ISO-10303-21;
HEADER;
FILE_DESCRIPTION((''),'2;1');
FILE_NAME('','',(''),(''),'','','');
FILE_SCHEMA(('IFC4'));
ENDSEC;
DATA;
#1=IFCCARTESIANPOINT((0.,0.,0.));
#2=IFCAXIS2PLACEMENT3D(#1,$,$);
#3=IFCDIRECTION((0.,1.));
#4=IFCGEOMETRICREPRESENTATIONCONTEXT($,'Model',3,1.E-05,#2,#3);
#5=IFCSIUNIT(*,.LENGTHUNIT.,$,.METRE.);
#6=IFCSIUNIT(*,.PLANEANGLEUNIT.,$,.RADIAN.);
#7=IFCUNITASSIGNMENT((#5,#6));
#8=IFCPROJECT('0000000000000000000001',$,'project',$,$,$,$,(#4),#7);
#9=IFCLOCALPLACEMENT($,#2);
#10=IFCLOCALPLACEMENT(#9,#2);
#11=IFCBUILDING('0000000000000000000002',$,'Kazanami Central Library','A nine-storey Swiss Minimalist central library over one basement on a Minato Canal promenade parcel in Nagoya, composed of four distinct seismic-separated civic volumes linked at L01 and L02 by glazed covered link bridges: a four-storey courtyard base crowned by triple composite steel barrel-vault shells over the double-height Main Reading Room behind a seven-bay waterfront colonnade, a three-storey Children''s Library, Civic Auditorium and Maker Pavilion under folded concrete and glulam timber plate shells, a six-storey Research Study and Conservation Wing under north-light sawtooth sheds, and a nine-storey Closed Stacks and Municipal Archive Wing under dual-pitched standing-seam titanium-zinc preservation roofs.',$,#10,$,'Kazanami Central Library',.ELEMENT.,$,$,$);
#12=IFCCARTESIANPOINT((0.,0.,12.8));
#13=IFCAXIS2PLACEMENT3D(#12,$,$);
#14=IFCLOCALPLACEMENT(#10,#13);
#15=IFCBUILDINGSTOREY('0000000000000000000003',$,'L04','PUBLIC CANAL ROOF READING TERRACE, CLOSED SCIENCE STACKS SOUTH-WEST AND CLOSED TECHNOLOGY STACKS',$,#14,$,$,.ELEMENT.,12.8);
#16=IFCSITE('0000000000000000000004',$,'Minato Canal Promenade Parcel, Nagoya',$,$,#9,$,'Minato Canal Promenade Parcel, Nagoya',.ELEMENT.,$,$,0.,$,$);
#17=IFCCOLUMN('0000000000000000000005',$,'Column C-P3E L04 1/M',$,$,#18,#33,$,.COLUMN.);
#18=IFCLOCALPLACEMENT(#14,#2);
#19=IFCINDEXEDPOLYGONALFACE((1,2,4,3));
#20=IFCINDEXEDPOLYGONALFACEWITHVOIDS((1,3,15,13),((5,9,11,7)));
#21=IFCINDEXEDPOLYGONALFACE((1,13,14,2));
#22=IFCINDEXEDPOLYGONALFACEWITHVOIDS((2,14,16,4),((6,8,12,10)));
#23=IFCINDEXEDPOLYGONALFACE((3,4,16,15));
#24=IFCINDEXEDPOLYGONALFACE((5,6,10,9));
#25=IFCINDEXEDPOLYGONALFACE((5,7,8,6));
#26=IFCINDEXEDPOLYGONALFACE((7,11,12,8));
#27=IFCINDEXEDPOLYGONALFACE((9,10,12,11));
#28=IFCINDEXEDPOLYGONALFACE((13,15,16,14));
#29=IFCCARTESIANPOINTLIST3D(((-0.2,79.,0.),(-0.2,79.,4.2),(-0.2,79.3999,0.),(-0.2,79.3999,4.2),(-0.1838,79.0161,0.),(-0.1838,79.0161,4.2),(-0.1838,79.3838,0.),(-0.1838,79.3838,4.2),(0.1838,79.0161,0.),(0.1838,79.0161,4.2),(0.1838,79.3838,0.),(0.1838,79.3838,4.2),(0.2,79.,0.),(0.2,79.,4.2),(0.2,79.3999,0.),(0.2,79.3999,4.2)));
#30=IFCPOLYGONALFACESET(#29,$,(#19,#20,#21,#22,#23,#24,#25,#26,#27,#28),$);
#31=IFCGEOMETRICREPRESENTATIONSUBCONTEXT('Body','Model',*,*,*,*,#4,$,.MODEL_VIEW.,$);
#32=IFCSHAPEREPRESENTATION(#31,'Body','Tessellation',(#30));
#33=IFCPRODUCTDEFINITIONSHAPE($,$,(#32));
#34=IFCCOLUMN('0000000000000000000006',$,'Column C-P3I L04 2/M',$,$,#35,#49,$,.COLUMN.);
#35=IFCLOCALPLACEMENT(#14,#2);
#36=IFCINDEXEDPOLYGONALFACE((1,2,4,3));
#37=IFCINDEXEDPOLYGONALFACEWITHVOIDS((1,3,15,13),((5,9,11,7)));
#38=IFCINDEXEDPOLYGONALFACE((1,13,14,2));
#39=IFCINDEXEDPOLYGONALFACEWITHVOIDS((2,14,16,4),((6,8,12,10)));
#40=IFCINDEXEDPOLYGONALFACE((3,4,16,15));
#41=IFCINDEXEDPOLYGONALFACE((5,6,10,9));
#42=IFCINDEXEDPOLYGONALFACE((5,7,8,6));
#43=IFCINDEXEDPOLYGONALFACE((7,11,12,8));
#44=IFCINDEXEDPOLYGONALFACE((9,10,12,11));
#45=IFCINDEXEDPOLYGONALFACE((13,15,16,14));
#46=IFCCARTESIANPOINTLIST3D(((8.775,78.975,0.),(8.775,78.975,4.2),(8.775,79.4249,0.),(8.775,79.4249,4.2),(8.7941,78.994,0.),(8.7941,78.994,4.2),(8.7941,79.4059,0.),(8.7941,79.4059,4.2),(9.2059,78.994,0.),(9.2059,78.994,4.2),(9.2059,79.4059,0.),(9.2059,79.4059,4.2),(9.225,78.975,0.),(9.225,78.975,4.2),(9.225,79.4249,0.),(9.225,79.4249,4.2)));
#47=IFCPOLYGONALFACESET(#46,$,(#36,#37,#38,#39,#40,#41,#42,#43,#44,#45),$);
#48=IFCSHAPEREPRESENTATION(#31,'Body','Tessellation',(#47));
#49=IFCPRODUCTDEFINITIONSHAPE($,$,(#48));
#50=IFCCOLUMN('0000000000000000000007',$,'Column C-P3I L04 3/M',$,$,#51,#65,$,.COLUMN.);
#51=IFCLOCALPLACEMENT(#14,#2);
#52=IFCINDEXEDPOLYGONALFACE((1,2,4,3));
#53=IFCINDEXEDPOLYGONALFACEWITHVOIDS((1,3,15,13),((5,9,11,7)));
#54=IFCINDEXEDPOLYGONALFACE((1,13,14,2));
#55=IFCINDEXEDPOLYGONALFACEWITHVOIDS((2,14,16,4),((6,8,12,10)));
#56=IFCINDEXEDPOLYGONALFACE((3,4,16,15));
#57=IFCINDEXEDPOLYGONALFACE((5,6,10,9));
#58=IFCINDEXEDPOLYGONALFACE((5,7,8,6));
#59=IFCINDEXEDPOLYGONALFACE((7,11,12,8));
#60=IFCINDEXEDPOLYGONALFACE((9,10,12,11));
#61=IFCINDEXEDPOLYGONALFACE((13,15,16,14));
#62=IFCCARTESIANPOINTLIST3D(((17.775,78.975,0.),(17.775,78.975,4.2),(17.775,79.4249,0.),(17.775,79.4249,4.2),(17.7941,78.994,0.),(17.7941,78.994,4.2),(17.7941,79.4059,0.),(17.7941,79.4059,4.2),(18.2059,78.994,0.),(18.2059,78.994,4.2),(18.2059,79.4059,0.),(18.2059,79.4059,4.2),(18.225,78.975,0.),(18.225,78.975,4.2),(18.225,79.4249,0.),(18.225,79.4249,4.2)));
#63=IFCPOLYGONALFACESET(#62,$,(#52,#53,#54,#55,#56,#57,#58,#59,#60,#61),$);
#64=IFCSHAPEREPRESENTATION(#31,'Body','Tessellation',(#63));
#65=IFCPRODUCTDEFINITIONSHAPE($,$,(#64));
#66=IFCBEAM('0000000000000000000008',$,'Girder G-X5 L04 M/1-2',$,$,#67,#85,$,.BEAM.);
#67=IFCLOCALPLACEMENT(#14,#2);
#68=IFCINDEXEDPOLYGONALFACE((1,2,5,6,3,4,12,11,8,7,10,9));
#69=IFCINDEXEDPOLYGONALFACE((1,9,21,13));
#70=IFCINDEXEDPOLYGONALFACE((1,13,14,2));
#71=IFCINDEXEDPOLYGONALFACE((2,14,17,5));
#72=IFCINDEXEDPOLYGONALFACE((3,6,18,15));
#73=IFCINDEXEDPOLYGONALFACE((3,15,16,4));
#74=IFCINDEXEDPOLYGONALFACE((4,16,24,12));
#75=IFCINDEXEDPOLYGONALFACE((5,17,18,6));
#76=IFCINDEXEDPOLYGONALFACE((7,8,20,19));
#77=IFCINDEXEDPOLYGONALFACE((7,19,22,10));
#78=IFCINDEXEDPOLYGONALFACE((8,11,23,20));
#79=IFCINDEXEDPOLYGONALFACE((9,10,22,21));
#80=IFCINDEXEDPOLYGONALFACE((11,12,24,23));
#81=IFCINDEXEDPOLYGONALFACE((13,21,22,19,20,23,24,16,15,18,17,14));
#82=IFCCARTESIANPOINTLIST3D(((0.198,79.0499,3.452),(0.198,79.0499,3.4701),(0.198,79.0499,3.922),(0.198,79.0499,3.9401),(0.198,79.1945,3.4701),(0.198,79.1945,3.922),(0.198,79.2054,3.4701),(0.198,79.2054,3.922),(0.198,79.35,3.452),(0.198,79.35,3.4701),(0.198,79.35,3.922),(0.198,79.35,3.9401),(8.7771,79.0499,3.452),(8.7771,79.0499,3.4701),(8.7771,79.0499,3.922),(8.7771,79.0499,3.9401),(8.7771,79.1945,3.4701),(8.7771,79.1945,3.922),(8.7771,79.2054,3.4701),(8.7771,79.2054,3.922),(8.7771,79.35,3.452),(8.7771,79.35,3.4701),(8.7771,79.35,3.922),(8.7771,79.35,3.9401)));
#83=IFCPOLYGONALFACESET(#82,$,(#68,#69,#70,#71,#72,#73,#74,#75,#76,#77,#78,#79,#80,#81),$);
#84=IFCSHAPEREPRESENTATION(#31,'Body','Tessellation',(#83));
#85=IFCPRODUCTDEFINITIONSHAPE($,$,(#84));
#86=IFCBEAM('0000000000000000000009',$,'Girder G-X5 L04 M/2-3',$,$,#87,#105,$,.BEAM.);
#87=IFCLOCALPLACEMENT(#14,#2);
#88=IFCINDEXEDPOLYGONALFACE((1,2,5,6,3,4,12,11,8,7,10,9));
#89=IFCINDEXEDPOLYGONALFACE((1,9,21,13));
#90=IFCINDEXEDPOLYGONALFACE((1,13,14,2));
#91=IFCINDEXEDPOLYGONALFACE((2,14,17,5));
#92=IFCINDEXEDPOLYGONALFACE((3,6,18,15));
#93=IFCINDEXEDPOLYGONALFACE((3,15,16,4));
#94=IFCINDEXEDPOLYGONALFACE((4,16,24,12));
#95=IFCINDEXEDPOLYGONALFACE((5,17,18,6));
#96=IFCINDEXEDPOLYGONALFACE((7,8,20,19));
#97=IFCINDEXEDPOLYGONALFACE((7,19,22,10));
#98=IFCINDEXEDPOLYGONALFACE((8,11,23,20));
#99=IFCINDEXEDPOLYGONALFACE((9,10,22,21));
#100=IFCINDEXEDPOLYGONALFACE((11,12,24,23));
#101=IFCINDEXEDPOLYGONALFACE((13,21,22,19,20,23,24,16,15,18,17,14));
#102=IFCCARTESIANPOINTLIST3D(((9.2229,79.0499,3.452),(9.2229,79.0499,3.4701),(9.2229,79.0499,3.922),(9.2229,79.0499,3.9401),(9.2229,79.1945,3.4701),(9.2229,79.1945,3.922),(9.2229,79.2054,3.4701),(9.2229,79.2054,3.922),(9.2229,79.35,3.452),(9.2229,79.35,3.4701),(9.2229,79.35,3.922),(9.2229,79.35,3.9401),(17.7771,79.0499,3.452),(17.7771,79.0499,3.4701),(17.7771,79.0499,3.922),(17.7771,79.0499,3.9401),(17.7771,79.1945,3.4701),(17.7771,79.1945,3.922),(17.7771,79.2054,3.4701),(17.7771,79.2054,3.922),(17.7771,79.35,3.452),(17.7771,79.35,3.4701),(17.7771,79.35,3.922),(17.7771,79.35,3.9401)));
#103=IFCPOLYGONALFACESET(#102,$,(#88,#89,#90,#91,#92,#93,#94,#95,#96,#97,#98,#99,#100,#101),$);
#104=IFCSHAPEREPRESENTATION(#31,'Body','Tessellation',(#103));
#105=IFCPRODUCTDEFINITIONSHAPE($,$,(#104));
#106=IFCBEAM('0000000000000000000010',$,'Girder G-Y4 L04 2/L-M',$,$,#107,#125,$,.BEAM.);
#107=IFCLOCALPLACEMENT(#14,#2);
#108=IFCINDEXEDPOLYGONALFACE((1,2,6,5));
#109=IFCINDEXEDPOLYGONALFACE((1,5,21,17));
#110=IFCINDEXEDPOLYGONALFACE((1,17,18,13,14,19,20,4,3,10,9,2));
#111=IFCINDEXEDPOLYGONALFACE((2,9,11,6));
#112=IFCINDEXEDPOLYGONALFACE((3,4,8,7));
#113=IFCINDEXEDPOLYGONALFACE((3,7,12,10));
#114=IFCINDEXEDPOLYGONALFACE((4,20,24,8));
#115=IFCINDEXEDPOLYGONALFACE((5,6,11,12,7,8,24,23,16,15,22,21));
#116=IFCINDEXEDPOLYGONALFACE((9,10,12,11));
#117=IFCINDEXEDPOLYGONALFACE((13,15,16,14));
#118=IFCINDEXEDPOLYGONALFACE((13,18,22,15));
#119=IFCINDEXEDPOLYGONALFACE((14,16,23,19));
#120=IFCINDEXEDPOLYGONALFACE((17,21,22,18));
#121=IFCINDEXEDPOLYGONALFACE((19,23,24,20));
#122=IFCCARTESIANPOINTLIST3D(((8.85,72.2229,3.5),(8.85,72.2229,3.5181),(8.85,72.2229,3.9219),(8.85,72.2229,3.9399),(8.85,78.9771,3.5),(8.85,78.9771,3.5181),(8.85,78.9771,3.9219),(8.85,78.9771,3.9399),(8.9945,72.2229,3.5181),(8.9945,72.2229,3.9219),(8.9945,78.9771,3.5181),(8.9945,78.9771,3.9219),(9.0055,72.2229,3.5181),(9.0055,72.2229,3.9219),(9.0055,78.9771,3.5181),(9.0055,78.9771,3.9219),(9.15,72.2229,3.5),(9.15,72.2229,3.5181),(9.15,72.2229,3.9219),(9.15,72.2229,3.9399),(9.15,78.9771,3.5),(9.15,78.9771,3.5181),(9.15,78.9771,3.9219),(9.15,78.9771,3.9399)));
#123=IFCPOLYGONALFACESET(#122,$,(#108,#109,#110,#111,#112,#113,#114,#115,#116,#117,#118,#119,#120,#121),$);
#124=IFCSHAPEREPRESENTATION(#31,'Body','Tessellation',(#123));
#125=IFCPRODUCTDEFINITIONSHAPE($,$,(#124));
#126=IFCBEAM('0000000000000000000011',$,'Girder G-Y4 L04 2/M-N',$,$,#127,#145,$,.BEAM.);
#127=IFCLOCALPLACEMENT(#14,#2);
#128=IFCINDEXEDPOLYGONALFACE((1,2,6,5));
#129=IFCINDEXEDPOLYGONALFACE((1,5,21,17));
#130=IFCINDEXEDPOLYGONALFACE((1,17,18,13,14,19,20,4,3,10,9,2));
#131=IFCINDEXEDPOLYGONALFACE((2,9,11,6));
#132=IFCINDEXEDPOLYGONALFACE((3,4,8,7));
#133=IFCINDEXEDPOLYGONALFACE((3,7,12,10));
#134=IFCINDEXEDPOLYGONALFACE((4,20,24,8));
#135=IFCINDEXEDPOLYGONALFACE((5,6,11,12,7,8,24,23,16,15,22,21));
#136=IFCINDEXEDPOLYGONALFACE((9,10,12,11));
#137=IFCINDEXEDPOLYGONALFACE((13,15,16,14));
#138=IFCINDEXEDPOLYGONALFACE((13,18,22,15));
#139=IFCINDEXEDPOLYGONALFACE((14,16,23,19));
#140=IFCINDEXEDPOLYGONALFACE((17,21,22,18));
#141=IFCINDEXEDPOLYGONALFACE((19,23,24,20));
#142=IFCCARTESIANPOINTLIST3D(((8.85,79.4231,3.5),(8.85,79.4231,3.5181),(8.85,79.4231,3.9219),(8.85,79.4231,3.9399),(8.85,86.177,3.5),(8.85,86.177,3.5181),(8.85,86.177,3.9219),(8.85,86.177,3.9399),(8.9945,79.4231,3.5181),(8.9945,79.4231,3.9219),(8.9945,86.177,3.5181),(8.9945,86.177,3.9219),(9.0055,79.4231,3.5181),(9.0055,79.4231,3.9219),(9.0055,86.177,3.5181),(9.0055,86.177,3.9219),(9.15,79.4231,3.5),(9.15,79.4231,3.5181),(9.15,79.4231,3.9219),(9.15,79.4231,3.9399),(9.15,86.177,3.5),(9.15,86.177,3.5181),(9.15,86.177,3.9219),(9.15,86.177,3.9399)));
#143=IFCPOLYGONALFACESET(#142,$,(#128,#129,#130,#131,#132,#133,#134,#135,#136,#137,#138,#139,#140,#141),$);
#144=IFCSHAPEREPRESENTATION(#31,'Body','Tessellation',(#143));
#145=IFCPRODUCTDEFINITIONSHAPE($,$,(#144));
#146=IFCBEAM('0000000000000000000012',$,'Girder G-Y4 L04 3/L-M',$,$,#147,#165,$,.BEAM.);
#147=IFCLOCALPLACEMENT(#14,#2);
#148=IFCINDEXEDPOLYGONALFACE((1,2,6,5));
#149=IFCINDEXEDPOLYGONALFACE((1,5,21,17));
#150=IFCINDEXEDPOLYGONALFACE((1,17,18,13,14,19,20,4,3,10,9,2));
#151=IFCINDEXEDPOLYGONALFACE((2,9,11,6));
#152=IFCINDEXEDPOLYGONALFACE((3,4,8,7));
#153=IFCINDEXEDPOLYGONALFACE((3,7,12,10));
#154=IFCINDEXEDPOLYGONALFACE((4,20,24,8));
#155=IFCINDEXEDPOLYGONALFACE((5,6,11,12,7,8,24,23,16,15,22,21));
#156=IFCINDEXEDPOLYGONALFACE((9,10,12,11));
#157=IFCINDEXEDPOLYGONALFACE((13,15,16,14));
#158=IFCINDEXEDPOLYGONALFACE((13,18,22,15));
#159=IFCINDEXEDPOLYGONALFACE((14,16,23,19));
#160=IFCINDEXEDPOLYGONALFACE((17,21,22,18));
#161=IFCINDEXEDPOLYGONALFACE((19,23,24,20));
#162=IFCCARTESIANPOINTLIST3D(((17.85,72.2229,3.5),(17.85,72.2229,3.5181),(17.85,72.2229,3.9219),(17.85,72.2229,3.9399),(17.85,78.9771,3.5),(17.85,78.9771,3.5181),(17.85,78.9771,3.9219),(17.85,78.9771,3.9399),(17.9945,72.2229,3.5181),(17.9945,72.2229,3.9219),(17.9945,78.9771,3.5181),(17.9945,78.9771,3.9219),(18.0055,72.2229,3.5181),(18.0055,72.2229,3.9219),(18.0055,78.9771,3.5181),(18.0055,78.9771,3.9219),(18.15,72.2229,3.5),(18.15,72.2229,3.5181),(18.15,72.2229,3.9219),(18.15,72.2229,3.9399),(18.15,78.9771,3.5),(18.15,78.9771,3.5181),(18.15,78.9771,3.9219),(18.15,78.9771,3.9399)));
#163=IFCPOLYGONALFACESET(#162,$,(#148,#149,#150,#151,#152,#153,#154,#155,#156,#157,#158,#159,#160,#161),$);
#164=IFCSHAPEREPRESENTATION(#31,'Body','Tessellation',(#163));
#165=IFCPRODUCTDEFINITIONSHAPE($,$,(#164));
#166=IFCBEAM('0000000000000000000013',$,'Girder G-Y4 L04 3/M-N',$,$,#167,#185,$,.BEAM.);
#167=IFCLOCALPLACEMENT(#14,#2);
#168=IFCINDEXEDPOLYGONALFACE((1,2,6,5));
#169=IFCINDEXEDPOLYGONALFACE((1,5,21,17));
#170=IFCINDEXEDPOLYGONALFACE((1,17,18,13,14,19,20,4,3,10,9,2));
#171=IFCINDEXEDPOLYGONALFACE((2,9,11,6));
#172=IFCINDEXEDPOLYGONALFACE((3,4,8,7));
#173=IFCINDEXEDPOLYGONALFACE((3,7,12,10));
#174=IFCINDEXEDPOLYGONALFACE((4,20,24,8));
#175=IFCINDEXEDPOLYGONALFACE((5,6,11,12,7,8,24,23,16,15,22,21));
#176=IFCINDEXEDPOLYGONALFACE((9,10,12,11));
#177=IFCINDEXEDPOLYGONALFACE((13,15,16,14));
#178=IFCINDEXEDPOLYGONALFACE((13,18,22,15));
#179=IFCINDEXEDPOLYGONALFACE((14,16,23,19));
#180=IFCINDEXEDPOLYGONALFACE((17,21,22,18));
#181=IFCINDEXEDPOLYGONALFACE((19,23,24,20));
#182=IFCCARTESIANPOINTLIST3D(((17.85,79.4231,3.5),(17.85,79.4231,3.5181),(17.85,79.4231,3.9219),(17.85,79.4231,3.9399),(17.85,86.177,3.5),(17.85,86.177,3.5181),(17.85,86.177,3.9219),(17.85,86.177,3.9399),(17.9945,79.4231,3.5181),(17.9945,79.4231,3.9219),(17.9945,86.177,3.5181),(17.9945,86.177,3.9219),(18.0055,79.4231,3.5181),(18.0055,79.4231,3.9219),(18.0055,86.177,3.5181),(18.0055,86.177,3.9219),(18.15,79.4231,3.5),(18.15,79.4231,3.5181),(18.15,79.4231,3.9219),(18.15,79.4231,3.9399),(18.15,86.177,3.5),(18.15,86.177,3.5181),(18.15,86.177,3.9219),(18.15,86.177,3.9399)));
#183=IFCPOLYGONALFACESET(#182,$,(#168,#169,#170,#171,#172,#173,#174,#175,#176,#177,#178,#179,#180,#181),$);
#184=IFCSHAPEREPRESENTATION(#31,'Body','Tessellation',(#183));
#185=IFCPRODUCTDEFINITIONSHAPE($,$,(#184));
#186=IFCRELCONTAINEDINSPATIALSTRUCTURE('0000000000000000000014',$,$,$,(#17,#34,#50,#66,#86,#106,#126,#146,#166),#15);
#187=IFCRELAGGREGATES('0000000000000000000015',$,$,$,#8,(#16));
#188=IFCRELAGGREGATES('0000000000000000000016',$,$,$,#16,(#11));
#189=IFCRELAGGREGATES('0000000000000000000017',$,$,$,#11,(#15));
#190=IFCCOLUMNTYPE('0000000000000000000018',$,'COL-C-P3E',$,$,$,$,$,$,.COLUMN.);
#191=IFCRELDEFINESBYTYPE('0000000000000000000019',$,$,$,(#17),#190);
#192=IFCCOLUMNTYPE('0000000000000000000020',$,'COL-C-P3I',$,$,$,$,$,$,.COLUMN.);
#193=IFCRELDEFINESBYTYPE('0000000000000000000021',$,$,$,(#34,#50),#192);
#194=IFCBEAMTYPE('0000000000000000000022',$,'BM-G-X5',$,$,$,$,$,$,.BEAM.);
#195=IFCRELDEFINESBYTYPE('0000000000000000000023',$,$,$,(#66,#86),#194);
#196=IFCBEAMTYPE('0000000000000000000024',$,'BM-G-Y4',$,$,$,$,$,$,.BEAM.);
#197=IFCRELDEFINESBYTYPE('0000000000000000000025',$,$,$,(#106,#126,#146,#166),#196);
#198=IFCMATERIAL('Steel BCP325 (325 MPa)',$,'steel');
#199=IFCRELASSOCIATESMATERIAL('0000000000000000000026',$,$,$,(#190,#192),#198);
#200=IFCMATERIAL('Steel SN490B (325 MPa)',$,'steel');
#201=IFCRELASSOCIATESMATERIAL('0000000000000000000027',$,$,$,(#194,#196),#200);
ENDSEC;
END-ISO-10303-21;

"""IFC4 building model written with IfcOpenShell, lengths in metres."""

from ifc_helpers import new_model, si_unit, direction, frame, origin, origin_2d, place, context, subcontext, project, spatial, hollow_rectangle, i_section, extrude, material, material_profile, profile_set, type_object, element, save


model = new_model("IFC4")

# Units and contexts
model_context = context("Model", 3, precision=1e-05, world=origin(), true_north=direction((0.0, 1.0)))
body_context = subcontext(model_context, "Body", "Model", "MODEL_VIEW")
ifc_project = project(units=[si_unit("LENGTHUNIT", "METRE"), si_unit("PLANEANGLEUNIT", "RADIAN")], contexts=[model_context])

# Site, building, storey
site_placement = place(None, origin())
site = spatial("IfcSite", under=ifc_project, at=site_placement, Name="Minato Canal Promenade Parcel, Nagoya", LongName="Minato Canal Promenade Parcel, Nagoya", CompositionType="ELEMENT", RefElevation=0.0)
building_placement = place(site_placement, origin())
building = spatial("IfcBuilding", under=site, at=building_placement, Name="Kazanami Central Library", Description="A nine-storey Swiss Minimalist central library over one basement on a Minato Canal promenade parcel in Nagoya, composed of four distinct seismic-separated civic volumes linked at L01 and L02 by glazed covered link bridges: a four-storey courtyard base crowned by triple composite steel barrel-vault shells over the double-height Main Reading Room behind a seven-bay waterfront colonnade, a three-storey Children's Library, Civic Auditorium and Maker Pavilion under folded concrete and glulam timber plate shells, a six-storey Research Study and Conservation Wing under north-light sawtooth sheds, and a nine-storey Closed Stacks and Municipal Archive Wing under dual-pitched standing-seam titanium-zinc preservation roofs.", LongName="Kazanami Central Library", CompositionType="ELEMENT")
storey_placement = place(building_placement, frame((0.0, 0.0, 12.8)))
storey = spatial("IfcBuildingStorey", under=building, at=storey_placement, Name="L04", Description="PUBLIC CANAL ROOF READING TERRACE, CLOSED SCIENCE STACKS SOUTH-WEST AND CLOSED TECHNOLOGY STACKS", CompositionType="ELEMENT", Elevation=12.8)

# Columns
ifc_material_1 = material(Name="Steel BCP325 (325 MPa)", Category="steel")
ifc_material_profile_1 = material_profile(ifc_material_1, hollow_rectangle(XDim=0.3999, YDim=0.3999, WallThickness=0.0161, at=origin_2d()), Name="BCP-400x400x16")
ifc_profile_set_1 = profile_set([ifc_material_profile_1], Name="Steel BCP325 (325 MPa)")
column_type_1 = type_object("IfcColumnType", Name="COL-C-P3E", PredefinedType="COLUMN", material=ifc_profile_set_1)
column_placement = place(storey_placement, frame((0.0, 79.2, 0.0), z_axis=(0.0, 0.0, 1.0), x_axis=(1.0, 0.0, 0.0)))
element("IfcColumn", 1, at=column_placement, inside=storey, type_object=column_type_1, Name="Column C-P3E L04 1/M", PredefinedType="COLUMN", context=body_context, shape_type="SweptSolid", body=[
    extrude(hollow_rectangle(XDim=0.3999, YDim=0.3999, WallThickness=0.0161, at=origin_2d()), origin(), (0.0, 0.0, 1.0), 4.2),
])
ifc_material_profile_2 = material_profile(ifc_material_1, hollow_rectangle(XDim=0.45, YDim=0.45, WallThickness=0.019, at=origin_2d()), Name="BCP-450x450x19")
ifc_profile_set_2 = profile_set([ifc_material_profile_2], Name="Steel BCP325 (325 MPa)")
column_type_2 = type_object("IfcColumnType", Name="COL-C-P3I", PredefinedType="COLUMN", material=ifc_profile_set_2)
for number, where, z_axis, x_axis, name in (
    (2, (9.0, 79.2, 0.0), (0.0, 0.0, 1.0), (1.0, 0.0, 0.0), "Column C-P3I L04 2/M"),
    (3, (18.0, 79.2, 0.0), (0.0, 0.0, 1.0), (1.0, 0.0, 0.0), "Column C-P3I L04 3/M"),
):
    element("IfcColumn", number, at=place(storey_placement, frame(where, z_axis=z_axis, x_axis=x_axis)), inside=storey, type_object=column_type_2, Name=name, PredefinedType="COLUMN", context=body_context, shape_type="SweptSolid", body=[
        extrude(hollow_rectangle(XDim=0.45, YDim=0.45, WallThickness=0.019, at=origin_2d()), origin(), (0.0, 0.0, 1.0), 4.2),
    ])

# Beams
ifc_material_2 = material(Name="Steel SN490B (325 MPa)", Category="steel")
ifc_material_profile_3 = material_profile(ifc_material_2, i_section(OverallWidth=0.3, OverallDepth=0.488, WebThickness=0.011, FlangeThickness=0.0181, at=origin_2d()), Name="H-488x300x11x18")
ifc_profile_set_3 = profile_set([ifc_material_profile_3], Name="Steel SN490B (325 MPa)")
beam_type_1 = type_object("IfcBeamType", Name="BM-G-X5", PredefinedType="BEAM", material=ifc_profile_set_3)
beam_1_placement = place(storey_placement, frame((0.198, 79.2, 3.696), z_axis=(1.0, 0.0, 0.0), x_axis=(0.0, 1.0, 0.0)))
element("IfcBeam", 4, at=beam_1_placement, inside=storey, type_object=beam_type_1, Name="Girder G-X5 L04 M/1-2", PredefinedType="BEAM", context=body_context, shape_type="SweptSolid", body=[
    extrude(i_section(OverallWidth=0.3, OverallDepth=0.488, WebThickness=0.011, FlangeThickness=0.0181, at=origin_2d()), origin(), (0.0, 0.0, 1.0), 8.5791),
])
beam_2_placement = place(storey_placement, frame((9.2229, 79.2, 3.696), z_axis=(1.0, 0.0, 0.0), x_axis=(0.0, 1.0, 0.0)))
element("IfcBeam", 5, at=beam_2_placement, inside=storey, type_object=beam_type_1, Name="Girder G-X5 L04 M/2-3", PredefinedType="BEAM", context=body_context, shape_type="SweptSolid", body=[
    extrude(i_section(OverallWidth=0.3, OverallDepth=0.488, WebThickness=0.011, FlangeThickness=0.0181, at=origin_2d()), origin(), (0.0, 0.0, 1.0), 8.5542),
])
ifc_material_profile_4 = material_profile(ifc_material_2, i_section(OverallWidth=0.3, OverallDepth=0.4399, WebThickness=0.011, FlangeThickness=0.0181, at=origin_2d()), Name="H-440x300x11x18")
ifc_profile_set_4 = profile_set([ifc_material_profile_4], Name="Steel SN490B (325 MPa)")
beam_type_2 = type_object("IfcBeamType", Name="BM-G-Y4", PredefinedType="BEAM", material=ifc_profile_set_4)
beam_3_placement = place(storey_placement, frame((9.0, 72.2229, 3.72), z_axis=(0.0, 1.0, 0.0), x_axis=(-1.0, 0.0, 0.0)))
element("IfcBeam", 6, at=beam_3_placement, inside=storey, type_object=beam_type_2, Name="Girder G-Y4 L04 2/L-M", PredefinedType="BEAM", context=body_context, shape_type="SweptSolid", body=[
    extrude(i_section(OverallWidth=0.3, OverallDepth=0.4399, WebThickness=0.011, FlangeThickness=0.0181, at=origin_2d()), origin(), (0.0, 0.0, 1.0), 6.7542),
])
beam_4_placement = place(storey_placement, frame((9.0, 79.4231, 3.72), z_axis=(0.0, 1.0, 0.0), x_axis=(-1.0, 0.0, 0.0)))
element("IfcBeam", 7, at=beam_4_placement, inside=storey, type_object=beam_type_2, Name="Girder G-Y4 L04 2/M-N", PredefinedType="BEAM", context=body_context, shape_type="SweptSolid", body=[
    extrude(i_section(OverallWidth=0.3, OverallDepth=0.4399, WebThickness=0.011, FlangeThickness=0.0181, at=origin_2d()), origin(), (0.0, 0.0, 1.0), 6.7539),
])
beam_5_placement = place(storey_placement, frame((18.0, 72.2229, 3.72), z_axis=(0.0, 1.0, 0.0), x_axis=(-1.0, 0.0, 0.0)))
element("IfcBeam", 8, at=beam_5_placement, inside=storey, type_object=beam_type_2, Name="Girder G-Y4 L04 3/L-M", PredefinedType="BEAM", context=body_context, shape_type="SweptSolid", body=[
    extrude(i_section(OverallWidth=0.3, OverallDepth=0.4399, WebThickness=0.011, FlangeThickness=0.0181, at=origin_2d()), origin(), (0.0, 0.0, 1.0), 6.7542),
])
beam_6_placement = place(storey_placement, frame((18.0, 79.4231, 3.72), z_axis=(0.0, 1.0, 0.0), x_axis=(-1.0, 0.0, 0.0)))
element("IfcBeam", 9, at=beam_6_placement, inside=storey, type_object=beam_type_2, Name="Girder G-Y4 L04 3/M-N", PredefinedType="BEAM", context=body_context, shape_type="SweptSolid", body=[
    extrude(i_section(OverallWidth=0.3, OverallDepth=0.4399, WebThickness=0.011, FlangeThickness=0.0181, at=origin_2d()), origin(), (0.0, 0.0, 1.0), 6.7539),
])

save(model, "model.ifc")
